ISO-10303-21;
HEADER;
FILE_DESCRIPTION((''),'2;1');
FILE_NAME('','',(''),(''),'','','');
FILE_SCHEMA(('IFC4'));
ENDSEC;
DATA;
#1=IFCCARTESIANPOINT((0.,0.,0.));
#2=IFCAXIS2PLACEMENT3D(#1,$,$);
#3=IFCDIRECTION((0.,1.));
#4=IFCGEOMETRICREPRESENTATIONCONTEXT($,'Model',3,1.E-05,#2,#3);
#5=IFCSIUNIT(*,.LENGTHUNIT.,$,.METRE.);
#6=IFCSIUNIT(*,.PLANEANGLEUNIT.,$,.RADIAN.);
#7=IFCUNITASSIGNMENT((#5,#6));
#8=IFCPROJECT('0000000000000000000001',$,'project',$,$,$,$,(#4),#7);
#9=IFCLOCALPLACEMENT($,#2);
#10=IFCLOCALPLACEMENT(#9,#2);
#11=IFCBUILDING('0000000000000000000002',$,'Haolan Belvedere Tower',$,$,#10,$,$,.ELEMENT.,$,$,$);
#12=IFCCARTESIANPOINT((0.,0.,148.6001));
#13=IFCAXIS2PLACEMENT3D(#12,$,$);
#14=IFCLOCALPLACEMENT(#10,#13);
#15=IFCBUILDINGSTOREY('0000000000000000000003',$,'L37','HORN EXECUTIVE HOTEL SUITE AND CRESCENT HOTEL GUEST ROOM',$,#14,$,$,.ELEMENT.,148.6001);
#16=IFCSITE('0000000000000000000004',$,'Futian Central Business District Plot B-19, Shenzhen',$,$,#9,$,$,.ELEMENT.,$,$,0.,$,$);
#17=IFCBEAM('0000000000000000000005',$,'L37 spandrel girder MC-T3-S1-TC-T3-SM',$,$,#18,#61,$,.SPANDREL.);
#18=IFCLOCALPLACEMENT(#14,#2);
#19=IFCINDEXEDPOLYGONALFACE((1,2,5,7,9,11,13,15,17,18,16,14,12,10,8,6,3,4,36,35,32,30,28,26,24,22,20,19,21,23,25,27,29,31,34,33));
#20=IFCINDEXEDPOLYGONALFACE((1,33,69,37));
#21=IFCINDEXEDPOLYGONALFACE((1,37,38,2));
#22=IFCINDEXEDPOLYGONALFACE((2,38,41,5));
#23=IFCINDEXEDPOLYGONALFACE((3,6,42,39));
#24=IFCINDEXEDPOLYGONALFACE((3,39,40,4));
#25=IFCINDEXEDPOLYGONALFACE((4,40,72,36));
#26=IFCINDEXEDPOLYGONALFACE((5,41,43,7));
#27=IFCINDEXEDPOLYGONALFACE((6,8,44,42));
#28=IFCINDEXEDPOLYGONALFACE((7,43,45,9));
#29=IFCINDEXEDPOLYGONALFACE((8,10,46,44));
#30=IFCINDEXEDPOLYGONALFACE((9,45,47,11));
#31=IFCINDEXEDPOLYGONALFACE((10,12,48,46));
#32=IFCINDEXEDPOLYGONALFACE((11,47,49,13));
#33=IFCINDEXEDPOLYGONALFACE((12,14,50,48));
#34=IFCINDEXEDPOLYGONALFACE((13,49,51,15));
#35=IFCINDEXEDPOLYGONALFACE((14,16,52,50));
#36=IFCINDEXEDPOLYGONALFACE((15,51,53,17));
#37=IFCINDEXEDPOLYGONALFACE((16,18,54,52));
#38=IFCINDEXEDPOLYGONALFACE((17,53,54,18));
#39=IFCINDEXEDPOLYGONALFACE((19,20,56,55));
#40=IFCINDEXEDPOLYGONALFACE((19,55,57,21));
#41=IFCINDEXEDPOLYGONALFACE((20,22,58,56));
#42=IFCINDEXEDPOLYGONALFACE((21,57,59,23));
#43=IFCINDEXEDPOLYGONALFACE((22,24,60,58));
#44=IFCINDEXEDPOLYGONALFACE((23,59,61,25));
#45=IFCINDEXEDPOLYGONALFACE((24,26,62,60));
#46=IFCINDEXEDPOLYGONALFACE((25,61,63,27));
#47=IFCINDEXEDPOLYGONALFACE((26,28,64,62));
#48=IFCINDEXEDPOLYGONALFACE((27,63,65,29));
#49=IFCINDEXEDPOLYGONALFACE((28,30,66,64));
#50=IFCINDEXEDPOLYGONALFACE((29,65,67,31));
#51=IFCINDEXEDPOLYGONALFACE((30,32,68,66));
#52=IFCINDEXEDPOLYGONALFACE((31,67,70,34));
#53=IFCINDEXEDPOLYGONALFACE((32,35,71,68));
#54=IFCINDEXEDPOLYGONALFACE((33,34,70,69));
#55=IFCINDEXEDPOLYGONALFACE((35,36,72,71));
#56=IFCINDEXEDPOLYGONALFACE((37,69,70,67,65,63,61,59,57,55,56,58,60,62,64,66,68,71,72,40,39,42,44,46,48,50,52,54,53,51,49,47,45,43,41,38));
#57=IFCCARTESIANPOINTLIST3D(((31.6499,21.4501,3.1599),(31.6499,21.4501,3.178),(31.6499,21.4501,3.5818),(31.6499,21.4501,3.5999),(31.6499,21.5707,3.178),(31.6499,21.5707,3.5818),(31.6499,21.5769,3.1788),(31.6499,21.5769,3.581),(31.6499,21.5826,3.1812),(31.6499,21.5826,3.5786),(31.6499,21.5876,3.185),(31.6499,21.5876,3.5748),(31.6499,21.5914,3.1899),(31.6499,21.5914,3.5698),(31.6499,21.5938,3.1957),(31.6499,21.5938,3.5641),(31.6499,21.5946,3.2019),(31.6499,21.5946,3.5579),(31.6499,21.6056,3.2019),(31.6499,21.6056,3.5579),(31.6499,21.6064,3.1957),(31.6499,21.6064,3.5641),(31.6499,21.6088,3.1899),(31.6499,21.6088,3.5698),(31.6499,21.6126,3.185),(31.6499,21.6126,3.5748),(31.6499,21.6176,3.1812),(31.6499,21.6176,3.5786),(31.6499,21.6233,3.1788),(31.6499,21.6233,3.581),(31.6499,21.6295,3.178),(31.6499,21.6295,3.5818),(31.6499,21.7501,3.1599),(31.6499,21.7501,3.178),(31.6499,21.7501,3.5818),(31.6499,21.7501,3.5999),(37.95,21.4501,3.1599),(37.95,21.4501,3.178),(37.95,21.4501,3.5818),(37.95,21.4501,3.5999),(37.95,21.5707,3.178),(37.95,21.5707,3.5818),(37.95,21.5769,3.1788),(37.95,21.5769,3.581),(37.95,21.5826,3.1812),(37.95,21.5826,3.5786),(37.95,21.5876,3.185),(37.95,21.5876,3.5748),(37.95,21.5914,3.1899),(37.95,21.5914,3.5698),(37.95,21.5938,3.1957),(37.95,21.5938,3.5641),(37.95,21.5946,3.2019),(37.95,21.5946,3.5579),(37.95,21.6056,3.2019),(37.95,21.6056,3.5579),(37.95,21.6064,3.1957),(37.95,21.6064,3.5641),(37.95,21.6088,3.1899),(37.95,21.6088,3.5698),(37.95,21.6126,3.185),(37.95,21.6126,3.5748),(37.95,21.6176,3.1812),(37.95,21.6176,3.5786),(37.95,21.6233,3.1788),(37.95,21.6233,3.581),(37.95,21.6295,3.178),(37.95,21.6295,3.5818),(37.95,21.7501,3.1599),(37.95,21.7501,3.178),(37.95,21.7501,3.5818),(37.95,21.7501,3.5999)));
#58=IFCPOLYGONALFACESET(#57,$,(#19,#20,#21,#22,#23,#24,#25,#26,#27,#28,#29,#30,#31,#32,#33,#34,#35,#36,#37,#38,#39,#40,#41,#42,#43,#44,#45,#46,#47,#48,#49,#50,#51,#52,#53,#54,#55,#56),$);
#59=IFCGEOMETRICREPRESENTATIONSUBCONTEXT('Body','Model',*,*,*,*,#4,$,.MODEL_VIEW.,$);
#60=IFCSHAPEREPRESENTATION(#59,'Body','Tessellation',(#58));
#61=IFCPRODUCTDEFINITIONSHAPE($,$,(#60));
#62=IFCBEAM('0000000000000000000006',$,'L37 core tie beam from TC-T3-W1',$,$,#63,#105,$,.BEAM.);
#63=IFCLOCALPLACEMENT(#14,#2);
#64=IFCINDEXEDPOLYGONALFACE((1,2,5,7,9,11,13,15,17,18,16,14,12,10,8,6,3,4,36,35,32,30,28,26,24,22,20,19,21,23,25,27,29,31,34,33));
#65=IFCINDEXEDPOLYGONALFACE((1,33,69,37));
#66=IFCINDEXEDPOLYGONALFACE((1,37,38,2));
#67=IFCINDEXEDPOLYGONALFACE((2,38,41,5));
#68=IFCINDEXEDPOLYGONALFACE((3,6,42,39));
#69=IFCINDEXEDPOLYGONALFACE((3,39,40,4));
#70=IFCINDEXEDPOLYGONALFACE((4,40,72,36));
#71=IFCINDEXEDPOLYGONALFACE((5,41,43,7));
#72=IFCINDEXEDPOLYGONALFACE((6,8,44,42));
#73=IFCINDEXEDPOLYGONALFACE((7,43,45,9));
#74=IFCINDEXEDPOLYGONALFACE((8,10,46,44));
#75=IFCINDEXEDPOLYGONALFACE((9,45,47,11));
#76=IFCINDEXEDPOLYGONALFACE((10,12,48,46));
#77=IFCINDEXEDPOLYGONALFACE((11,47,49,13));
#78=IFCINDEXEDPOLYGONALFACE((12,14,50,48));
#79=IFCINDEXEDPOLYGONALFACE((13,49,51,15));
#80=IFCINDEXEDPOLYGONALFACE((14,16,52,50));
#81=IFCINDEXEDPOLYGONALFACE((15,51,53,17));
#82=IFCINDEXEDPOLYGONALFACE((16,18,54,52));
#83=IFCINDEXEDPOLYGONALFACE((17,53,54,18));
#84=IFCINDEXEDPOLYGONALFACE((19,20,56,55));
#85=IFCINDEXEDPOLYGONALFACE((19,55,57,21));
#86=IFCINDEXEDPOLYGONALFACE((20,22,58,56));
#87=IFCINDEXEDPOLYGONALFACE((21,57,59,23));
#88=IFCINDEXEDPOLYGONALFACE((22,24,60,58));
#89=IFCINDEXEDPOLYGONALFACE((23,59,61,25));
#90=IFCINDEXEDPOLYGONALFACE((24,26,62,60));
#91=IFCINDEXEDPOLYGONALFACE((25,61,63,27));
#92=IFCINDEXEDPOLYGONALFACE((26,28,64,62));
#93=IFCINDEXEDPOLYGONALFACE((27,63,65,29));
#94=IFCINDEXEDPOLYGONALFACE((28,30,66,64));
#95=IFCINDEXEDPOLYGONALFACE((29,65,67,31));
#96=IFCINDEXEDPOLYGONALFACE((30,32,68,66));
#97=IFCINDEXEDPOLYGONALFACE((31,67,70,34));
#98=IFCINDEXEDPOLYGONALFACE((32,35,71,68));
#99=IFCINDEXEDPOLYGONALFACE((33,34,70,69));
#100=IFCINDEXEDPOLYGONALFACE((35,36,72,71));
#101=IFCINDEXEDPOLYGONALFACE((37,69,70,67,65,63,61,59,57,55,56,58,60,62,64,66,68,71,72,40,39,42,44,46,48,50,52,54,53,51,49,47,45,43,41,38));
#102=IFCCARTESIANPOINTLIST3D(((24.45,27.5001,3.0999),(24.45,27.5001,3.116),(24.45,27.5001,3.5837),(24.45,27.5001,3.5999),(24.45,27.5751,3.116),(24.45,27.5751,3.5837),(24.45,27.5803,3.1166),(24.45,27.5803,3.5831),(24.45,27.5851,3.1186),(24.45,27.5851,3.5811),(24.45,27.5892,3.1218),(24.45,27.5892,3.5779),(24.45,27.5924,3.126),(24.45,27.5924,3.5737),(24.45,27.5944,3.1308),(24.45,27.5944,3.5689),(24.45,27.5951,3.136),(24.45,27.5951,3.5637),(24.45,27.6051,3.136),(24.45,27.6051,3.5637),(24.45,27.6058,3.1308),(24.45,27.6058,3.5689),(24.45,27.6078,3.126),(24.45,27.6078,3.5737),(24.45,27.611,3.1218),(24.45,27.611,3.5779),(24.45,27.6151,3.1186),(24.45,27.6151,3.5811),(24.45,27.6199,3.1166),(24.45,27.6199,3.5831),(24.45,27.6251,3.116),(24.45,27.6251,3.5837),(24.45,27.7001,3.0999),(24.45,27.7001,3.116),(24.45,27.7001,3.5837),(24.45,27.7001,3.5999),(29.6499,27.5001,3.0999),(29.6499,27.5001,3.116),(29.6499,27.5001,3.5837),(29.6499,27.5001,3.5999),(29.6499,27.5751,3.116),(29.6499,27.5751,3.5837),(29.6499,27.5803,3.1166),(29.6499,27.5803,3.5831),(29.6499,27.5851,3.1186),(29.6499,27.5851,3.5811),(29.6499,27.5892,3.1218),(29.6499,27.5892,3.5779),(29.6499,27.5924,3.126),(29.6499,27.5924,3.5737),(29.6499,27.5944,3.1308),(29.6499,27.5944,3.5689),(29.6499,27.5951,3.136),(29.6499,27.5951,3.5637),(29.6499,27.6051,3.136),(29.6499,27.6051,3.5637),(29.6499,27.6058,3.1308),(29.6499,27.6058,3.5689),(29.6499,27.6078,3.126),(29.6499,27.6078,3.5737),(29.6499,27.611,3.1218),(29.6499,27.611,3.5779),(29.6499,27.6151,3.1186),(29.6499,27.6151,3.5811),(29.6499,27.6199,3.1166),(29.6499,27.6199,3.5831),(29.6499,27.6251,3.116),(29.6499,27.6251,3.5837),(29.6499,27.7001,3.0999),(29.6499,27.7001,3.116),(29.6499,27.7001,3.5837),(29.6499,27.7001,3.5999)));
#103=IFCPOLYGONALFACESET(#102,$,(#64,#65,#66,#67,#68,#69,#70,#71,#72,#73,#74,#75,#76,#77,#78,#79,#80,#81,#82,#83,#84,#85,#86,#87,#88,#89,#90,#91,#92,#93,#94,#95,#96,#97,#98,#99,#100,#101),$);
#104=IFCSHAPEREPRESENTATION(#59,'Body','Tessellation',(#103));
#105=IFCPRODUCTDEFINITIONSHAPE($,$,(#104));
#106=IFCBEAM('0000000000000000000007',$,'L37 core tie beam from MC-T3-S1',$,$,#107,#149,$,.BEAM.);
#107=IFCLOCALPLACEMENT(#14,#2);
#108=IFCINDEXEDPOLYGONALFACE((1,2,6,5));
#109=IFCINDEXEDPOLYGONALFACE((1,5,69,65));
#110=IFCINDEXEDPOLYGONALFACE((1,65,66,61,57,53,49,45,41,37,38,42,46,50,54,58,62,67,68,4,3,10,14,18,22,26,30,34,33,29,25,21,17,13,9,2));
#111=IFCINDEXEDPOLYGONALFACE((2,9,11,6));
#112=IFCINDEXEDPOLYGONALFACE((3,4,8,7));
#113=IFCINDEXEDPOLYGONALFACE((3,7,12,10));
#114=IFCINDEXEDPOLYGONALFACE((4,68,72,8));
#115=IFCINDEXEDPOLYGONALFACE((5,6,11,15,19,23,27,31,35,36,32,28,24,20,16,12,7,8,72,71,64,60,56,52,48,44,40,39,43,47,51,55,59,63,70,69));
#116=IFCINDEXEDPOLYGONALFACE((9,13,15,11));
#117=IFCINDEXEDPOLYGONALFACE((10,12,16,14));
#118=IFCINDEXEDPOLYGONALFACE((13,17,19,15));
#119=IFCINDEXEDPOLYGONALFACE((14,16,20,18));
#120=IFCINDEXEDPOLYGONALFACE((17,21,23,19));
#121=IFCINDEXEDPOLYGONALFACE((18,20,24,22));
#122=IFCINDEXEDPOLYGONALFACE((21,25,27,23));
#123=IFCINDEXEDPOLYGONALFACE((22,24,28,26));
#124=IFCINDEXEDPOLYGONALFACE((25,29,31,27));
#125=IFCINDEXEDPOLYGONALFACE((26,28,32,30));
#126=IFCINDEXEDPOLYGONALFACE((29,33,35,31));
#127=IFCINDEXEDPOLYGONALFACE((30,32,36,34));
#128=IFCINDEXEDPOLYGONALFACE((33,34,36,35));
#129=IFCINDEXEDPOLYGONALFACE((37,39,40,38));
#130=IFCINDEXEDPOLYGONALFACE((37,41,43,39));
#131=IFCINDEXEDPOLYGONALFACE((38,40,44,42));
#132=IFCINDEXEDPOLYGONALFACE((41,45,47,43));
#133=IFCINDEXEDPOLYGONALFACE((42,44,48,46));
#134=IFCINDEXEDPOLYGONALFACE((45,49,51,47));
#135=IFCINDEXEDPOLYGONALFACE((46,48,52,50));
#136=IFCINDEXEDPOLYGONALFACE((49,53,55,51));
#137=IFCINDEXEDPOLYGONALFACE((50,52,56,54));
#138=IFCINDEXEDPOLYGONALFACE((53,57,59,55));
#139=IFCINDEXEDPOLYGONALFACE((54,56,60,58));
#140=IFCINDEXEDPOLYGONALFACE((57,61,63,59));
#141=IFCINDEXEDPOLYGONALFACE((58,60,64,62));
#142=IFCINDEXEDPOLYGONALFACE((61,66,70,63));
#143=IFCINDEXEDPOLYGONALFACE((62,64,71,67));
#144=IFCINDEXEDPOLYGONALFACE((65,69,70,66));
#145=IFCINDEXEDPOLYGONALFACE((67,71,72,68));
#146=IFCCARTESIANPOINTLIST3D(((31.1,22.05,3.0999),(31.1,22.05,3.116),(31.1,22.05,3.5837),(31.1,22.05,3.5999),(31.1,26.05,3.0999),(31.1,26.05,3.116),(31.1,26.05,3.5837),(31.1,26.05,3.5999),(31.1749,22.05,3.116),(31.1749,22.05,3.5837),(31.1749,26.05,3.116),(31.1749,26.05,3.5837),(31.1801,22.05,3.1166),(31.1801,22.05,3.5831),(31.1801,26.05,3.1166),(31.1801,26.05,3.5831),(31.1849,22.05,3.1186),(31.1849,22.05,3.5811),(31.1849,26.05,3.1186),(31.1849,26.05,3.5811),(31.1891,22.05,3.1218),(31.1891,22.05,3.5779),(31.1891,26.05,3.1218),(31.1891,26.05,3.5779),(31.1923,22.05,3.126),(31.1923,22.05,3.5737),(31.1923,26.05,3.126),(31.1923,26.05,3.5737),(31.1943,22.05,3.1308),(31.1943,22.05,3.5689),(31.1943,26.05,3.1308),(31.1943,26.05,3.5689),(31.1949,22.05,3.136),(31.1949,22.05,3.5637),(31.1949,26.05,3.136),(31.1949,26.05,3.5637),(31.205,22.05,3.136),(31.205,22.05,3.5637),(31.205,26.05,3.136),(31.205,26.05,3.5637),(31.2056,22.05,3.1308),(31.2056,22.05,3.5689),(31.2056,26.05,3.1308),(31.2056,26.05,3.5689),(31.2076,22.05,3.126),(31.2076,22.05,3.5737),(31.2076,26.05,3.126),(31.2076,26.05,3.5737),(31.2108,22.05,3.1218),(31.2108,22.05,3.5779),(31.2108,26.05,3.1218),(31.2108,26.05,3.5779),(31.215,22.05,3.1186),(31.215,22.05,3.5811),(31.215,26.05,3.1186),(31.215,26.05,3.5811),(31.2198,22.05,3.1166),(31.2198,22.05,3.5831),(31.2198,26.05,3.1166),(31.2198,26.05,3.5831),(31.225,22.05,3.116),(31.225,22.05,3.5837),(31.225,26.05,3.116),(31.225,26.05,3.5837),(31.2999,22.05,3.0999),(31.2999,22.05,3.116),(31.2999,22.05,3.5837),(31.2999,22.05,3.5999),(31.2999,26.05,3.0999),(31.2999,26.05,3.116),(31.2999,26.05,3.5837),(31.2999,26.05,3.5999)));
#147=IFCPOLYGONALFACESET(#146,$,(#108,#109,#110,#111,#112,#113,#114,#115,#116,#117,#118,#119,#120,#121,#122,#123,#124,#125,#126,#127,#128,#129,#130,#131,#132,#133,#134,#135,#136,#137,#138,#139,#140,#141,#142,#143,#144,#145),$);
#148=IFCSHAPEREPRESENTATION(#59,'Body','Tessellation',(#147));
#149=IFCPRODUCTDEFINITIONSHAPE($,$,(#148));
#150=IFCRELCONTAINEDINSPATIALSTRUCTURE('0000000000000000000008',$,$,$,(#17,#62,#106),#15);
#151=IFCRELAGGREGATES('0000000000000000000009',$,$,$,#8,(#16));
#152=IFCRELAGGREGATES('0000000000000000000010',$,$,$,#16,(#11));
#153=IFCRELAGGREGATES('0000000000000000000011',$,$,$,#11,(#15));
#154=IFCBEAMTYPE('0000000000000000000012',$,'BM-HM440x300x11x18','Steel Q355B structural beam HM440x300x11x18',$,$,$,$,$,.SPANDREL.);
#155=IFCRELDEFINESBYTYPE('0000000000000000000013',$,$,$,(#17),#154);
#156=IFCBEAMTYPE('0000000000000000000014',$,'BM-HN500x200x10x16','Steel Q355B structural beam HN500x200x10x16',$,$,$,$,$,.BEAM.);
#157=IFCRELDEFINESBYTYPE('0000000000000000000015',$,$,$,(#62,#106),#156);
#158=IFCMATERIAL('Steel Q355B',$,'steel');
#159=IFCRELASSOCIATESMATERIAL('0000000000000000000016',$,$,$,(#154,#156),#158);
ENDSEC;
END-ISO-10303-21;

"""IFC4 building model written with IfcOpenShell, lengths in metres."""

from ifc_helpers import new_model, si_unit, direction, frame, origin, origin_2d, place, context, subcontext, project, spatial, i_section, extrude, material, material_profile, profile_set, type_object, element, save


model = new_model("IFC4")

# Units and contexts
model_context = context("Model", 3, precision=1e-05, world=origin(), true_north=direction((0.0, 1.0)))
body_context = subcontext(model_context, "Body", "Model", "MODEL_VIEW")
ifc_project = project(units=[si_unit("LENGTHUNIT", "METRE"), si_unit("PLANEANGLEUNIT", "RADIAN")], contexts=[model_context])

# Site, building, storey
site_placement = place(None, origin())
site = spatial("IfcSite", under=ifc_project, at=site_placement, Name="Futian Central Business District Plot B-19, Shenzhen", CompositionType="ELEMENT", RefElevation=0.0)
building_placement = place(site_placement, origin())
building = spatial("IfcBuilding", under=site, at=building_placement, Name="Haolan Belvedere Tower", CompositionType="ELEMENT")
storey_placement = place(building_placement, frame((0.0, 0.0, 148.6001)))
storey = spatial("IfcBuildingStorey", under=building, at=storey_placement, Name="L37", Description="HORN EXECUTIVE HOTEL SUITE AND CRESCENT HOTEL GUEST ROOM", CompositionType="ELEMENT", Elevation=148.6001)

# Beams
ifc_material_1 = material(Name="Steel Q355B", Category="steel")
ifc_material_profile_1 = material_profile(ifc_material_1, i_section(OverallWidth=0.3, OverallDepth=0.4399, WebThickness=0.011, FlangeThickness=0.0181, FilletRadius=0.0239, at=origin_2d()), Name="Steel Q355B")
ifc_profile_set_1 = profile_set([ifc_material_profile_1], Name="Steel Q355B")
beam_type_1 = type_object("IfcBeamType", Name="BM-HM440x300x11x18", Description="Steel Q355B structural beam HM440x300x11x18", PredefinedType="SPANDREL", material=ifc_profile_set_1)
for number, where, z_axis, x_axis, name in (
    (1, (31.6499, 21.6001, 3.3799), (1.0, 0.0, 0.0), (0.0, 1.0, 0.0), "L37 spandrel girder MC-T3-S1-TC-T3-SM"),
):
    element("IfcBeam", number, at=place(storey_placement, frame(where, z_axis=z_axis, x_axis=x_axis)), inside=storey, type_object=beam_type_1, Name=name, PredefinedType="SPANDREL", context=body_context, shape_type="SweptSolid", body=[
        extrude(i_section(OverallWidth=0.3, OverallDepth=0.4399, WebThickness=0.011, FlangeThickness=0.0181, FilletRadius=0.0239, at=origin_2d()), origin(), (0.0, 0.0, 1.0), 6.3),
    ])
ifc_material_profile_2 = material_profile(ifc_material_1, i_section(OverallWidth=0.2, OverallDepth=0.5, WebThickness=0.01, FlangeThickness=0.0161, FilletRadius=0.02, at=origin_2d()), Name="Steel Q355B")
ifc_profile_set_2 = profile_set([ifc_material_profile_2], Name="Steel Q355B")
beam_type_2 = type_object("IfcBeamType", Name="BM-HN500x200x10x16", Description="Steel Q355B structural beam HN500x200x10x16", PredefinedType="BEAM", material=ifc_profile_set_2)
beam_1_placement = place(storey_placement, frame((24.45, 27.6001, 3.3499), z_axis=(1.0, 0.0, 0.0), x_axis=(0.0, 1.0, 0.0)))
element("IfcBeam", 2, at=beam_1_placement, inside=storey, type_object=beam_type_2, Name="L37 core tie beam from TC-T3-W1", PredefinedType="BEAM", context=body_context, shape_type="SweptSolid", body=[
    extrude(i_section(OverallWidth=0.2, OverallDepth=0.5, WebThickness=0.01, FlangeThickness=0.0161, FilletRadius=0.02, at=origin_2d()), origin(), (0.0, 0.0, 1.0), 5.2),
])
beam_2_placement = place(storey_placement, frame((31.2, 22.05, 3.3499), z_axis=(0.0, 1.0, 0.0), x_axis=(-1.0, 0.0, 0.0)))
element("IfcBeam", 3, at=beam_2_placement, inside=storey, type_object=beam_type_2, Name="L37 core tie beam from MC-T3-S1", PredefinedType="BEAM", context=body_context, shape_type="SweptSolid", body=[
    extrude(i_section(OverallWidth=0.2, OverallDepth=0.5, WebThickness=0.01, FlangeThickness=0.0161, FilletRadius=0.02, at=origin_2d()), origin(), (0.0, 0.0, 1.0), 4.0),
])

save(model, "model.ifc")
